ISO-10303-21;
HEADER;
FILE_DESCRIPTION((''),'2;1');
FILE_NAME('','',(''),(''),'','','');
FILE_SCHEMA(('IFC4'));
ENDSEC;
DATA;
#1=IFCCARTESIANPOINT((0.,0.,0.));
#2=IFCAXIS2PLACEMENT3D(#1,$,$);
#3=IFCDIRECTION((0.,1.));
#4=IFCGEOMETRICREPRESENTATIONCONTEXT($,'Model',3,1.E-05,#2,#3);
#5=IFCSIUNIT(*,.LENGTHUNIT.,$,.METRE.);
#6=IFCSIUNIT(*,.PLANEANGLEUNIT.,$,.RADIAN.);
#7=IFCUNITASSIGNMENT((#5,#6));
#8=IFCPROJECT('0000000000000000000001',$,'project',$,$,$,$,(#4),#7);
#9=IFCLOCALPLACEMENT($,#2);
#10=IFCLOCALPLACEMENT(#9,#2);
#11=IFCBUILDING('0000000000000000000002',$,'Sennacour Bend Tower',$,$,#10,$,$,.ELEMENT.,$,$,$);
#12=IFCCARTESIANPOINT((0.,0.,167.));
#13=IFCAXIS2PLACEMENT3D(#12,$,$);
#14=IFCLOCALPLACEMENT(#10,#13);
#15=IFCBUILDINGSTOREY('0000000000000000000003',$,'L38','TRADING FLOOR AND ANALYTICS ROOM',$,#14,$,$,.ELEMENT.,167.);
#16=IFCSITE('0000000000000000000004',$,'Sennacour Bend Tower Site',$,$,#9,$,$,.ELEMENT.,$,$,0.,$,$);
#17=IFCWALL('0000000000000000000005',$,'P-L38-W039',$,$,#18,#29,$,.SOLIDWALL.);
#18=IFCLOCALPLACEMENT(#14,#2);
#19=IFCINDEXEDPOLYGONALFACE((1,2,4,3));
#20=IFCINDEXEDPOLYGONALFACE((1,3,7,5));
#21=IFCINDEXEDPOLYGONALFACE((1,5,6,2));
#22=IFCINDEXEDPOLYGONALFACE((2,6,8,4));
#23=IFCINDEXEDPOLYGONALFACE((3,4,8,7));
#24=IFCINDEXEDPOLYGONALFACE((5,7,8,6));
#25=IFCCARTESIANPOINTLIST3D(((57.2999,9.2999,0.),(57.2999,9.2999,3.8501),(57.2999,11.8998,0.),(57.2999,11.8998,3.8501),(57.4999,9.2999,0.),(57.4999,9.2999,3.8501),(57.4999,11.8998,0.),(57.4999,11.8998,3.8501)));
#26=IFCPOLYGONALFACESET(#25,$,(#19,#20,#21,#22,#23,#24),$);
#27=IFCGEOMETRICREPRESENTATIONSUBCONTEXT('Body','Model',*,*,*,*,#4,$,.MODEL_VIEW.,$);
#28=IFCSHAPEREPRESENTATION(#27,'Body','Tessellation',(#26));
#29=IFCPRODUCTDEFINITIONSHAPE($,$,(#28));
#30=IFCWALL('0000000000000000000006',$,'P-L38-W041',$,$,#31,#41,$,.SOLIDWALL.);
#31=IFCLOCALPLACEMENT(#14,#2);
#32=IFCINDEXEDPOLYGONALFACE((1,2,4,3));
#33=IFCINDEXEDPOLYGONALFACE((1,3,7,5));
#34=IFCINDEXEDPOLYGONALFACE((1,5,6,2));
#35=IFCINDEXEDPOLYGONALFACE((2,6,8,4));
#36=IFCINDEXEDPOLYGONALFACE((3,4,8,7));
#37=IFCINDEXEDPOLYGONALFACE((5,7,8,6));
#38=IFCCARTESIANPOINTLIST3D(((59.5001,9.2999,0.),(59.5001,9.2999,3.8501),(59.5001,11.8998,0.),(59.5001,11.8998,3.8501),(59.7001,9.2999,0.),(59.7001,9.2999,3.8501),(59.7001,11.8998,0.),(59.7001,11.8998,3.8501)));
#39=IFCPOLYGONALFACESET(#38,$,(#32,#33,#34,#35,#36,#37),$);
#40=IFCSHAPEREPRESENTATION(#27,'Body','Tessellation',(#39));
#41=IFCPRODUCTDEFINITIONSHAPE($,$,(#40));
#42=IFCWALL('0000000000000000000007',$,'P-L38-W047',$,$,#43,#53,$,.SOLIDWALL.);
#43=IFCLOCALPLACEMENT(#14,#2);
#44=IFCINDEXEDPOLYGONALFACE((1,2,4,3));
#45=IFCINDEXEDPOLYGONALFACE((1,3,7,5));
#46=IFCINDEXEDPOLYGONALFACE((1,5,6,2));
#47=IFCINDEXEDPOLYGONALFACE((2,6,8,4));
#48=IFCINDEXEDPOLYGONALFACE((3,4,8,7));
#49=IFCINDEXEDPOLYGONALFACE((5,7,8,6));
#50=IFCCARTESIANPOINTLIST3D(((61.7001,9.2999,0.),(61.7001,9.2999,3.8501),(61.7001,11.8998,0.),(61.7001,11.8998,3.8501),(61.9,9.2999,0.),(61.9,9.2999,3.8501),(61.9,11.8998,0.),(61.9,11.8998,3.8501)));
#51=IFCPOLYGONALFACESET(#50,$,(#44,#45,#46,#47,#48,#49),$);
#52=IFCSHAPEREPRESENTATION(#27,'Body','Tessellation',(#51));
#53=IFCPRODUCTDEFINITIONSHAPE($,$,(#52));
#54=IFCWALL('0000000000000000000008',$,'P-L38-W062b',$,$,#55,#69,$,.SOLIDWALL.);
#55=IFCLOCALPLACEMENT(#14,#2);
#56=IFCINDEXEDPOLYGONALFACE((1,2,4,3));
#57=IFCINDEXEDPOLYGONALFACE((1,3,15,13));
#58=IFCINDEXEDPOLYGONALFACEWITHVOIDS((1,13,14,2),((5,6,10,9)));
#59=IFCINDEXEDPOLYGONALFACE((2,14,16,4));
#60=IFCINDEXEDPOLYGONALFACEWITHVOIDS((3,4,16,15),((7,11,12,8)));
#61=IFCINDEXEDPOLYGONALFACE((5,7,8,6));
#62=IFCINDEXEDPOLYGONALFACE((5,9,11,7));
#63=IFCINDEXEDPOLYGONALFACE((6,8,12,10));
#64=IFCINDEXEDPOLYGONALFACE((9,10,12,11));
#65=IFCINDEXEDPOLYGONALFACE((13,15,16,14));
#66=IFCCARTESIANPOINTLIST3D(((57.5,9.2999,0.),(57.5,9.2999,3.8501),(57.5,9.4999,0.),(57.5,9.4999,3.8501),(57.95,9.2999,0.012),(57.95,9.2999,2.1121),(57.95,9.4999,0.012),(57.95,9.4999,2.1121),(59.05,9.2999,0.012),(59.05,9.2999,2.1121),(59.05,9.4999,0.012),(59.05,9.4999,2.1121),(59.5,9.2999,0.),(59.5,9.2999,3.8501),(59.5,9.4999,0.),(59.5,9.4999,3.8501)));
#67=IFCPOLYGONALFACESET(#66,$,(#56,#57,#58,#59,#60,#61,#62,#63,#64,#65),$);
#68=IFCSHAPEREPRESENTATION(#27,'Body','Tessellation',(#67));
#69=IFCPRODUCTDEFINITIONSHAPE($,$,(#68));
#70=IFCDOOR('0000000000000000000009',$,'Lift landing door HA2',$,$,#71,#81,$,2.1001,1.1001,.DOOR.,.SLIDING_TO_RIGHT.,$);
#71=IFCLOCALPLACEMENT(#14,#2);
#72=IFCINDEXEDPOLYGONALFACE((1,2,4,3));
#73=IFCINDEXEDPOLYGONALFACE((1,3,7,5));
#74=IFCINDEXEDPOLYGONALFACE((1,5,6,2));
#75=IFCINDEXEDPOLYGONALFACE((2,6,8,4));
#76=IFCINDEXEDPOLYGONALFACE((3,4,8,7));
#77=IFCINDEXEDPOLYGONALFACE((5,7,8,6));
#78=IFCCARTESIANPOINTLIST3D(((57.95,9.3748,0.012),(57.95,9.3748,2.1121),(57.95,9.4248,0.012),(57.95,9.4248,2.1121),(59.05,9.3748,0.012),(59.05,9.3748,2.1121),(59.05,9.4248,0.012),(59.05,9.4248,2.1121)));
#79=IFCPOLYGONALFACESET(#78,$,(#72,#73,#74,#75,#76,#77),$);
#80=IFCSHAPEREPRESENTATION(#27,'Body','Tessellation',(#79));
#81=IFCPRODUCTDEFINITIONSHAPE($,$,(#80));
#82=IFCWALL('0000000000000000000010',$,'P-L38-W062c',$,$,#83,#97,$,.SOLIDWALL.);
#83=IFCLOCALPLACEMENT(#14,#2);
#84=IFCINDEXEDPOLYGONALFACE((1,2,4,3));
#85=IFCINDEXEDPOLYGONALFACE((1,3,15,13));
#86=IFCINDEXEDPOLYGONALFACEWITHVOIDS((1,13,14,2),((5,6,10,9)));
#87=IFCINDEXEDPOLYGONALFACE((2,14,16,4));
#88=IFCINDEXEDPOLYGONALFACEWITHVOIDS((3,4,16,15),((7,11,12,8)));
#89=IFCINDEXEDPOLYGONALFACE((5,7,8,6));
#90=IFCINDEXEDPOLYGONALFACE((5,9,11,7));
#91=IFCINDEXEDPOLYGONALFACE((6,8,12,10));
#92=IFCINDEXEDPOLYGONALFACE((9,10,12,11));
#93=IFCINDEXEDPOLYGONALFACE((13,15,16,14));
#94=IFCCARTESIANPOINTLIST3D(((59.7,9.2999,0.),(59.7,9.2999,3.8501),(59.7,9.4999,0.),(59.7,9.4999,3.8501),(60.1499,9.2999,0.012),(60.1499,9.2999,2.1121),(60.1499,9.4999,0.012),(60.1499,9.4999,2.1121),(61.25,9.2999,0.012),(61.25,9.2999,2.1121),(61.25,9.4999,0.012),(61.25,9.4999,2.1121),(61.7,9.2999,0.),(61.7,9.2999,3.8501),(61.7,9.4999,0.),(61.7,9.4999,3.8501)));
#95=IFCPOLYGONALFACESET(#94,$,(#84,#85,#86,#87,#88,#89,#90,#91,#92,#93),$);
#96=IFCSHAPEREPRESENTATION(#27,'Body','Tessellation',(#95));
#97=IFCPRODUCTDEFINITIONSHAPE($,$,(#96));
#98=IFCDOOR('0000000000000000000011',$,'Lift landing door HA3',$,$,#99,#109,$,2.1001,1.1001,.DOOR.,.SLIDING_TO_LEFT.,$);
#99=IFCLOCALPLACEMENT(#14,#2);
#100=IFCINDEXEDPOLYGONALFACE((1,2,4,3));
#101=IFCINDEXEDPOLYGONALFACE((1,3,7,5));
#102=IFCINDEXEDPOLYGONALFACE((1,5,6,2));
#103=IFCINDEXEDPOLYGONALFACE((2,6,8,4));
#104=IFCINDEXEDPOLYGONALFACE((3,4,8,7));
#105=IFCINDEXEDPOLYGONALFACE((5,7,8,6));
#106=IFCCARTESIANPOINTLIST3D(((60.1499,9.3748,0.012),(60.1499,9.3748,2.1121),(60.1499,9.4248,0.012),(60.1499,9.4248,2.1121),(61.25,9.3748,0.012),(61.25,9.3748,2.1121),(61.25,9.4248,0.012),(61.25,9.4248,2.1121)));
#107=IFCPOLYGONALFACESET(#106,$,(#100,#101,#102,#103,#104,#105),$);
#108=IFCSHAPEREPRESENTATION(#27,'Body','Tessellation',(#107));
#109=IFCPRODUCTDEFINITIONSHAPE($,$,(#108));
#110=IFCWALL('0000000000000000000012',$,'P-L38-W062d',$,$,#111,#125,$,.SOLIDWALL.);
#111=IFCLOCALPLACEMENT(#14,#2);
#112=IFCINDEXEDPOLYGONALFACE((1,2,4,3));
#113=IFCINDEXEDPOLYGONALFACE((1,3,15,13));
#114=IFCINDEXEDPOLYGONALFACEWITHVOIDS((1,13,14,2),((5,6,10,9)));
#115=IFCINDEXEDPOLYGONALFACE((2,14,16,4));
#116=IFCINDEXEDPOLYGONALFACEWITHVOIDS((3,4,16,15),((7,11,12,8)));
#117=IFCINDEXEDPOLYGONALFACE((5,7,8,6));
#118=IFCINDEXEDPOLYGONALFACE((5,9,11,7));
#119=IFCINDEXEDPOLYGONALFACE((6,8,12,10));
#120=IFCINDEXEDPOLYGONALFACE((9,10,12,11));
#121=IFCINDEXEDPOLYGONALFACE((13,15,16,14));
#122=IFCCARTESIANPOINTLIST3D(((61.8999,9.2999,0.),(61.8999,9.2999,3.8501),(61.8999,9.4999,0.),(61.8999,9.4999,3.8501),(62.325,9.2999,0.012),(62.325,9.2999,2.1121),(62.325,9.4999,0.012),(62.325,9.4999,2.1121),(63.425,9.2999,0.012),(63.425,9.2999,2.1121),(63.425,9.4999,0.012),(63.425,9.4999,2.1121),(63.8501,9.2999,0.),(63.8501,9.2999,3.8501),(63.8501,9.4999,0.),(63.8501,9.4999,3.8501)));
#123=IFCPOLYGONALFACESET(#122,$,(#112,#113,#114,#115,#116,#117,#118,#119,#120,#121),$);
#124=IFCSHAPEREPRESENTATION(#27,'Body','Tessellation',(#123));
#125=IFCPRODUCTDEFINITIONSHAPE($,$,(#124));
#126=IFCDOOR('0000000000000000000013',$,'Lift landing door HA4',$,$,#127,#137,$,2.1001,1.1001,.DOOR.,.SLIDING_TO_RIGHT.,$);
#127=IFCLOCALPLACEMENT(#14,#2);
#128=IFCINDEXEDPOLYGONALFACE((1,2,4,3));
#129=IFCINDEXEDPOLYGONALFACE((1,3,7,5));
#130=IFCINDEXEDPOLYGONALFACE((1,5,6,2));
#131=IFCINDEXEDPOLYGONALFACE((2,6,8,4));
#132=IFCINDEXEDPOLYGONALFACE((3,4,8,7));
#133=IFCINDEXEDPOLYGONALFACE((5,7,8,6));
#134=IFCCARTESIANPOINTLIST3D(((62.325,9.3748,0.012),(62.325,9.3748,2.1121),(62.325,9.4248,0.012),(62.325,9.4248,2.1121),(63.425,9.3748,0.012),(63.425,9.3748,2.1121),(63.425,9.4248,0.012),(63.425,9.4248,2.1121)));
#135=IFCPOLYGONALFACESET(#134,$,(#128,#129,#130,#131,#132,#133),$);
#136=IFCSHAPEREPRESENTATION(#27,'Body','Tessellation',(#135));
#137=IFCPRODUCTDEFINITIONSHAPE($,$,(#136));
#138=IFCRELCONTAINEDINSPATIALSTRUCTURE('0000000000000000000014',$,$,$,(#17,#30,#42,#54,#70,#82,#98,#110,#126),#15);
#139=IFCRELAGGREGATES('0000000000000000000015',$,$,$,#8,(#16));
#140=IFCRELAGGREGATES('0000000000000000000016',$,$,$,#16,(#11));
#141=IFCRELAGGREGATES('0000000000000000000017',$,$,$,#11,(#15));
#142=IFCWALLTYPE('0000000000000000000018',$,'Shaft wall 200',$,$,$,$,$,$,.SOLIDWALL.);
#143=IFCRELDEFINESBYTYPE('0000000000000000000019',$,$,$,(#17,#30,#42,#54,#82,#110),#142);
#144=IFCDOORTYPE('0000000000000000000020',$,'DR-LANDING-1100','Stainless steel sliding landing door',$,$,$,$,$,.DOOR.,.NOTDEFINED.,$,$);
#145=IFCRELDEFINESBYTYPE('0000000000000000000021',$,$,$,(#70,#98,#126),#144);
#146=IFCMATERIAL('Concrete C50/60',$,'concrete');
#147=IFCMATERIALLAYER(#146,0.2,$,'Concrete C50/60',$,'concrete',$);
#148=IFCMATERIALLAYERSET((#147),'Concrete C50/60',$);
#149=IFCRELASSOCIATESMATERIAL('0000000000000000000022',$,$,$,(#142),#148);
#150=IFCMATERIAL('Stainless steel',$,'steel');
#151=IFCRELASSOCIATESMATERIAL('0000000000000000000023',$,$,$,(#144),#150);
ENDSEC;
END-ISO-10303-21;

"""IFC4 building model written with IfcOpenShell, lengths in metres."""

from ifc_helpers import new_model, si_unit, direction, frame, frame_2d, origin, place, context, subcontext, project, spatial, rectangle, extrude, material, layer, layer_set, type_object, element, fill, save


model = new_model("IFC4")

# Units and contexts
model_context = context("Model", 3, precision=1e-05, world=origin(), true_north=direction((0.0, 1.0)))
body_context = subcontext(model_context, "Body", "Model", "MODEL_VIEW")
ifc_project = project(units=[si_unit("LENGTHUNIT", "METRE"), si_unit("PLANEANGLEUNIT", "RADIAN")], contexts=[model_context])

# Site, building, storey
site_placement = place(None, origin())
site = spatial("IfcSite", under=ifc_project, at=site_placement, Name="Sennacour Bend Tower Site", CompositionType="ELEMENT", RefElevation=0.0)
building_placement = place(site_placement, origin())
building = spatial("IfcBuilding", under=site, at=building_placement, Name="Sennacour Bend Tower", CompositionType="ELEMENT")
storey_placement = place(building_placement, frame((0.0, 0.0, 167.0)))
storey = spatial("IfcBuildingStorey", under=building, at=storey_placement, Name="L38", Description="TRADING FLOOR AND ANALYTICS ROOM", CompositionType="ELEMENT", Elevation=167.0)

# Walls
ifc_material_1 = material(Name="Concrete C50/60", Category="concrete")
ifc_layer_1 = layer(ifc_material_1, 0.2, Name="Concrete C50/60", Category="concrete")
ifc_layer_set_1 = layer_set([ifc_layer_1], Name="Concrete C50/60")
wall_type_1 = type_object("IfcWallType", Name="Shaft wall 200", PredefinedType="SOLIDWALL", material=ifc_layer_set_1)
for number, where, z_axis, x_axis, name in (
    (1, (57.3999, 9.3, 0.0), (0.0, 0.0, 1.0), (0.0, 1.0, 0.0), "P-L38-W039"),
    (2, (59.6001, 9.3, 0.0), (0.0, 0.0, 1.0), (0.0, 1.0, 0.0), "P-L38-W041"),
    (3, (61.8, 9.3, 0.0), (0.0, 0.0, 1.0), (0.0, 1.0, 0.0), "P-L38-W047"),
):
    element("IfcWall", number, at=place(storey_placement, frame(where, z_axis=z_axis, x_axis=x_axis)), inside=storey, type_object=wall_type_1, Name=name, PredefinedType="SOLIDWALL", context=body_context, shape_type="SweptSolid", body=[
        extrude(rectangle(XDim=2.5999, YDim=0.2, at=frame_2d((1.2998, 0.0))), origin(), (0.0, 0.0, 1.0), 3.8501),
    ])

# Walls, openings, doors
wall_1_placement = place(storey_placement, frame((57.5, 9.3999, 0.0), z_axis=(0.0, 0.0, 1.0), x_axis=(1.0, 0.0, 0.0)))
wall_1 = element("IfcWall", 4, at=wall_1_placement, inside=storey, type_object=wall_type_1, Name="P-L38-W062b", PredefinedType="SOLIDWALL", context=body_context, shape_type="SweptSolid", body=[
    extrude(rectangle(XDim=2.0, YDim=0.2, at=frame_2d((1.0, 0.0))), origin(), (0.0, 0.0, 1.0), 3.8501),
])
opening_1_placement = place(wall_1_placement, frame((0.45, 0.0, 0.012)))
opening_1 = element("IfcOpeningElement", 5, at=opening_1_placement, cuts=wall_1, PredefinedType="OPENING", context=body_context, shape_type="SweptSolid", body=[
    extrude(rectangle(XDim=1.1001, YDim=2.1001, at=frame_2d((0.55, 1.05))), frame((0.0, 0.1099, 0.0), z_axis=(0.0, -1.0, 0.0), x_axis=(1.0, 0.0, 0.0)), (0.0, 0.0, 1.0), 0.22),
])
ifc_material_2 = material(Name="Stainless steel", Category="steel")
door_type_1 = type_object("IfcDoorType", Name="DR-LANDING-1100", Description="Stainless steel sliding landing door", OperationType="NOTDEFINED", PredefinedType="DOOR", material=ifc_material_2)
door_1_placement = place(opening_1_placement, origin())
door_1 = element("IfcDoor", 6, at=door_1_placement, inside=storey, type_object=door_type_1, Name="Lift landing door HA2", OperationType="SLIDING_TO_RIGHT", OverallHeight=2.1001, OverallWidth=1.1001, PredefinedType="DOOR", context=body_context, shape_type="SweptSolid", body=[
    extrude(rectangle(XDim=1.1001, YDim=2.1001, at=frame_2d((0.55, 1.05))), frame((0.0, 0.0249, 0.0), z_axis=(0.0, -1.0, 0.0), x_axis=(1.0, 0.0, 0.0)), (0.0, 0.0, 1.0), 0.05),
])
fill(opening_1, door_1)
wall_2_placement = place(storey_placement, frame((59.7, 9.3999, 0.0), z_axis=(0.0, 0.0, 1.0), x_axis=(1.0, 0.0, 0.0)))
wall_2 = element("IfcWall", 7, at=wall_2_placement, inside=storey, type_object=wall_type_1, Name="P-L38-W062c", PredefinedType="SOLIDWALL", context=body_context, shape_type="SweptSolid", body=[
    extrude(rectangle(XDim=2.0, YDim=0.2, at=frame_2d((1.0, 0.0))), origin(), (0.0, 0.0, 1.0), 3.8501),
])
opening_2_placement = place(wall_2_placement, frame((0.45, 0.0, 0.012)))
opening_2 = element("IfcOpeningElement", 8, at=opening_2_placement, cuts=wall_2, PredefinedType="OPENING", context=body_context, shape_type="SweptSolid", body=[
    extrude(rectangle(XDim=1.1001, YDim=2.1001, at=frame_2d((0.55, 1.05))), frame((0.0, 0.1099, 0.0), z_axis=(0.0, -1.0, 0.0), x_axis=(1.0, 0.0, 0.0)), (0.0, 0.0, 1.0), 0.22),
])
door_2_placement = place(opening_2_placement, origin())
door_2 = element("IfcDoor", 9, at=door_2_placement, inside=storey, type_object=door_type_1, Name="Lift landing door HA3", OperationType="SLIDING_TO_LEFT", OverallHeight=2.1001, OverallWidth=1.1001, PredefinedType="DOOR", context=body_context, shape_type="SweptSolid", body=[
    extrude(rectangle(XDim=1.1001, YDim=2.1001, at=frame_2d((0.55, 1.05))), frame((0.0, 0.0249, 0.0), z_axis=(0.0, -1.0, 0.0), x_axis=(1.0, 0.0, 0.0)), (0.0, 0.0, 1.0), 0.05),
])
fill(opening_2, door_2)
wall_3_placement = place(storey_placement, frame((61.8999, 9.3999, 0.0), z_axis=(0.0, 0.0, 1.0), x_axis=(1.0, 0.0, 0.0)))
wall_3 = element("IfcWall", 10, at=wall_3_placement, inside=storey, type_object=wall_type_1, Name="P-L38-W062d", PredefinedType="SOLIDWALL", context=body_context, shape_type="SweptSolid", body=[
    extrude(rectangle(XDim=1.9502, YDim=0.2, at=frame_2d((0.9751, 0.0))), origin(), (0.0, 0.0, 1.0), 3.8501),
])
opening_3_placement = place(wall_3_placement, frame((0.425, 0.0, 0.012)))
opening_3 = element("IfcOpeningElement", 11, at=opening_3_placement, cuts=wall_3, PredefinedType="OPENING", context=body_context, shape_type="SweptSolid", body=[
    extrude(rectangle(XDim=1.1001, YDim=2.1001, at=frame_2d((0.55, 1.05))), frame((0.0, 0.1099, 0.0), z_axis=(0.0, -1.0, 0.0), x_axis=(1.0, 0.0, 0.0)), (0.0, 0.0, 1.0), 0.22),
])
door_3_placement = place(opening_3_placement, origin())
door_3 = element("IfcDoor", 12, at=door_3_placement, inside=storey, type_object=door_type_1, Name="Lift landing door HA4", OperationType="SLIDING_TO_RIGHT", OverallHeight=2.1001, OverallWidth=1.1001, PredefinedType="DOOR", context=body_context, shape_type="SweptSolid", body=[
    extrude(rectangle(XDim=1.1001, YDim=2.1001, at=frame_2d((0.55, 1.05))), frame((0.0, 0.0249, 0.0), z_axis=(0.0, -1.0, 0.0), x_axis=(1.0, 0.0, 0.0)), (0.0, 0.0, 1.0), 0.05),
])
fill(opening_3, door_3)

save(model, "model.ifc")
